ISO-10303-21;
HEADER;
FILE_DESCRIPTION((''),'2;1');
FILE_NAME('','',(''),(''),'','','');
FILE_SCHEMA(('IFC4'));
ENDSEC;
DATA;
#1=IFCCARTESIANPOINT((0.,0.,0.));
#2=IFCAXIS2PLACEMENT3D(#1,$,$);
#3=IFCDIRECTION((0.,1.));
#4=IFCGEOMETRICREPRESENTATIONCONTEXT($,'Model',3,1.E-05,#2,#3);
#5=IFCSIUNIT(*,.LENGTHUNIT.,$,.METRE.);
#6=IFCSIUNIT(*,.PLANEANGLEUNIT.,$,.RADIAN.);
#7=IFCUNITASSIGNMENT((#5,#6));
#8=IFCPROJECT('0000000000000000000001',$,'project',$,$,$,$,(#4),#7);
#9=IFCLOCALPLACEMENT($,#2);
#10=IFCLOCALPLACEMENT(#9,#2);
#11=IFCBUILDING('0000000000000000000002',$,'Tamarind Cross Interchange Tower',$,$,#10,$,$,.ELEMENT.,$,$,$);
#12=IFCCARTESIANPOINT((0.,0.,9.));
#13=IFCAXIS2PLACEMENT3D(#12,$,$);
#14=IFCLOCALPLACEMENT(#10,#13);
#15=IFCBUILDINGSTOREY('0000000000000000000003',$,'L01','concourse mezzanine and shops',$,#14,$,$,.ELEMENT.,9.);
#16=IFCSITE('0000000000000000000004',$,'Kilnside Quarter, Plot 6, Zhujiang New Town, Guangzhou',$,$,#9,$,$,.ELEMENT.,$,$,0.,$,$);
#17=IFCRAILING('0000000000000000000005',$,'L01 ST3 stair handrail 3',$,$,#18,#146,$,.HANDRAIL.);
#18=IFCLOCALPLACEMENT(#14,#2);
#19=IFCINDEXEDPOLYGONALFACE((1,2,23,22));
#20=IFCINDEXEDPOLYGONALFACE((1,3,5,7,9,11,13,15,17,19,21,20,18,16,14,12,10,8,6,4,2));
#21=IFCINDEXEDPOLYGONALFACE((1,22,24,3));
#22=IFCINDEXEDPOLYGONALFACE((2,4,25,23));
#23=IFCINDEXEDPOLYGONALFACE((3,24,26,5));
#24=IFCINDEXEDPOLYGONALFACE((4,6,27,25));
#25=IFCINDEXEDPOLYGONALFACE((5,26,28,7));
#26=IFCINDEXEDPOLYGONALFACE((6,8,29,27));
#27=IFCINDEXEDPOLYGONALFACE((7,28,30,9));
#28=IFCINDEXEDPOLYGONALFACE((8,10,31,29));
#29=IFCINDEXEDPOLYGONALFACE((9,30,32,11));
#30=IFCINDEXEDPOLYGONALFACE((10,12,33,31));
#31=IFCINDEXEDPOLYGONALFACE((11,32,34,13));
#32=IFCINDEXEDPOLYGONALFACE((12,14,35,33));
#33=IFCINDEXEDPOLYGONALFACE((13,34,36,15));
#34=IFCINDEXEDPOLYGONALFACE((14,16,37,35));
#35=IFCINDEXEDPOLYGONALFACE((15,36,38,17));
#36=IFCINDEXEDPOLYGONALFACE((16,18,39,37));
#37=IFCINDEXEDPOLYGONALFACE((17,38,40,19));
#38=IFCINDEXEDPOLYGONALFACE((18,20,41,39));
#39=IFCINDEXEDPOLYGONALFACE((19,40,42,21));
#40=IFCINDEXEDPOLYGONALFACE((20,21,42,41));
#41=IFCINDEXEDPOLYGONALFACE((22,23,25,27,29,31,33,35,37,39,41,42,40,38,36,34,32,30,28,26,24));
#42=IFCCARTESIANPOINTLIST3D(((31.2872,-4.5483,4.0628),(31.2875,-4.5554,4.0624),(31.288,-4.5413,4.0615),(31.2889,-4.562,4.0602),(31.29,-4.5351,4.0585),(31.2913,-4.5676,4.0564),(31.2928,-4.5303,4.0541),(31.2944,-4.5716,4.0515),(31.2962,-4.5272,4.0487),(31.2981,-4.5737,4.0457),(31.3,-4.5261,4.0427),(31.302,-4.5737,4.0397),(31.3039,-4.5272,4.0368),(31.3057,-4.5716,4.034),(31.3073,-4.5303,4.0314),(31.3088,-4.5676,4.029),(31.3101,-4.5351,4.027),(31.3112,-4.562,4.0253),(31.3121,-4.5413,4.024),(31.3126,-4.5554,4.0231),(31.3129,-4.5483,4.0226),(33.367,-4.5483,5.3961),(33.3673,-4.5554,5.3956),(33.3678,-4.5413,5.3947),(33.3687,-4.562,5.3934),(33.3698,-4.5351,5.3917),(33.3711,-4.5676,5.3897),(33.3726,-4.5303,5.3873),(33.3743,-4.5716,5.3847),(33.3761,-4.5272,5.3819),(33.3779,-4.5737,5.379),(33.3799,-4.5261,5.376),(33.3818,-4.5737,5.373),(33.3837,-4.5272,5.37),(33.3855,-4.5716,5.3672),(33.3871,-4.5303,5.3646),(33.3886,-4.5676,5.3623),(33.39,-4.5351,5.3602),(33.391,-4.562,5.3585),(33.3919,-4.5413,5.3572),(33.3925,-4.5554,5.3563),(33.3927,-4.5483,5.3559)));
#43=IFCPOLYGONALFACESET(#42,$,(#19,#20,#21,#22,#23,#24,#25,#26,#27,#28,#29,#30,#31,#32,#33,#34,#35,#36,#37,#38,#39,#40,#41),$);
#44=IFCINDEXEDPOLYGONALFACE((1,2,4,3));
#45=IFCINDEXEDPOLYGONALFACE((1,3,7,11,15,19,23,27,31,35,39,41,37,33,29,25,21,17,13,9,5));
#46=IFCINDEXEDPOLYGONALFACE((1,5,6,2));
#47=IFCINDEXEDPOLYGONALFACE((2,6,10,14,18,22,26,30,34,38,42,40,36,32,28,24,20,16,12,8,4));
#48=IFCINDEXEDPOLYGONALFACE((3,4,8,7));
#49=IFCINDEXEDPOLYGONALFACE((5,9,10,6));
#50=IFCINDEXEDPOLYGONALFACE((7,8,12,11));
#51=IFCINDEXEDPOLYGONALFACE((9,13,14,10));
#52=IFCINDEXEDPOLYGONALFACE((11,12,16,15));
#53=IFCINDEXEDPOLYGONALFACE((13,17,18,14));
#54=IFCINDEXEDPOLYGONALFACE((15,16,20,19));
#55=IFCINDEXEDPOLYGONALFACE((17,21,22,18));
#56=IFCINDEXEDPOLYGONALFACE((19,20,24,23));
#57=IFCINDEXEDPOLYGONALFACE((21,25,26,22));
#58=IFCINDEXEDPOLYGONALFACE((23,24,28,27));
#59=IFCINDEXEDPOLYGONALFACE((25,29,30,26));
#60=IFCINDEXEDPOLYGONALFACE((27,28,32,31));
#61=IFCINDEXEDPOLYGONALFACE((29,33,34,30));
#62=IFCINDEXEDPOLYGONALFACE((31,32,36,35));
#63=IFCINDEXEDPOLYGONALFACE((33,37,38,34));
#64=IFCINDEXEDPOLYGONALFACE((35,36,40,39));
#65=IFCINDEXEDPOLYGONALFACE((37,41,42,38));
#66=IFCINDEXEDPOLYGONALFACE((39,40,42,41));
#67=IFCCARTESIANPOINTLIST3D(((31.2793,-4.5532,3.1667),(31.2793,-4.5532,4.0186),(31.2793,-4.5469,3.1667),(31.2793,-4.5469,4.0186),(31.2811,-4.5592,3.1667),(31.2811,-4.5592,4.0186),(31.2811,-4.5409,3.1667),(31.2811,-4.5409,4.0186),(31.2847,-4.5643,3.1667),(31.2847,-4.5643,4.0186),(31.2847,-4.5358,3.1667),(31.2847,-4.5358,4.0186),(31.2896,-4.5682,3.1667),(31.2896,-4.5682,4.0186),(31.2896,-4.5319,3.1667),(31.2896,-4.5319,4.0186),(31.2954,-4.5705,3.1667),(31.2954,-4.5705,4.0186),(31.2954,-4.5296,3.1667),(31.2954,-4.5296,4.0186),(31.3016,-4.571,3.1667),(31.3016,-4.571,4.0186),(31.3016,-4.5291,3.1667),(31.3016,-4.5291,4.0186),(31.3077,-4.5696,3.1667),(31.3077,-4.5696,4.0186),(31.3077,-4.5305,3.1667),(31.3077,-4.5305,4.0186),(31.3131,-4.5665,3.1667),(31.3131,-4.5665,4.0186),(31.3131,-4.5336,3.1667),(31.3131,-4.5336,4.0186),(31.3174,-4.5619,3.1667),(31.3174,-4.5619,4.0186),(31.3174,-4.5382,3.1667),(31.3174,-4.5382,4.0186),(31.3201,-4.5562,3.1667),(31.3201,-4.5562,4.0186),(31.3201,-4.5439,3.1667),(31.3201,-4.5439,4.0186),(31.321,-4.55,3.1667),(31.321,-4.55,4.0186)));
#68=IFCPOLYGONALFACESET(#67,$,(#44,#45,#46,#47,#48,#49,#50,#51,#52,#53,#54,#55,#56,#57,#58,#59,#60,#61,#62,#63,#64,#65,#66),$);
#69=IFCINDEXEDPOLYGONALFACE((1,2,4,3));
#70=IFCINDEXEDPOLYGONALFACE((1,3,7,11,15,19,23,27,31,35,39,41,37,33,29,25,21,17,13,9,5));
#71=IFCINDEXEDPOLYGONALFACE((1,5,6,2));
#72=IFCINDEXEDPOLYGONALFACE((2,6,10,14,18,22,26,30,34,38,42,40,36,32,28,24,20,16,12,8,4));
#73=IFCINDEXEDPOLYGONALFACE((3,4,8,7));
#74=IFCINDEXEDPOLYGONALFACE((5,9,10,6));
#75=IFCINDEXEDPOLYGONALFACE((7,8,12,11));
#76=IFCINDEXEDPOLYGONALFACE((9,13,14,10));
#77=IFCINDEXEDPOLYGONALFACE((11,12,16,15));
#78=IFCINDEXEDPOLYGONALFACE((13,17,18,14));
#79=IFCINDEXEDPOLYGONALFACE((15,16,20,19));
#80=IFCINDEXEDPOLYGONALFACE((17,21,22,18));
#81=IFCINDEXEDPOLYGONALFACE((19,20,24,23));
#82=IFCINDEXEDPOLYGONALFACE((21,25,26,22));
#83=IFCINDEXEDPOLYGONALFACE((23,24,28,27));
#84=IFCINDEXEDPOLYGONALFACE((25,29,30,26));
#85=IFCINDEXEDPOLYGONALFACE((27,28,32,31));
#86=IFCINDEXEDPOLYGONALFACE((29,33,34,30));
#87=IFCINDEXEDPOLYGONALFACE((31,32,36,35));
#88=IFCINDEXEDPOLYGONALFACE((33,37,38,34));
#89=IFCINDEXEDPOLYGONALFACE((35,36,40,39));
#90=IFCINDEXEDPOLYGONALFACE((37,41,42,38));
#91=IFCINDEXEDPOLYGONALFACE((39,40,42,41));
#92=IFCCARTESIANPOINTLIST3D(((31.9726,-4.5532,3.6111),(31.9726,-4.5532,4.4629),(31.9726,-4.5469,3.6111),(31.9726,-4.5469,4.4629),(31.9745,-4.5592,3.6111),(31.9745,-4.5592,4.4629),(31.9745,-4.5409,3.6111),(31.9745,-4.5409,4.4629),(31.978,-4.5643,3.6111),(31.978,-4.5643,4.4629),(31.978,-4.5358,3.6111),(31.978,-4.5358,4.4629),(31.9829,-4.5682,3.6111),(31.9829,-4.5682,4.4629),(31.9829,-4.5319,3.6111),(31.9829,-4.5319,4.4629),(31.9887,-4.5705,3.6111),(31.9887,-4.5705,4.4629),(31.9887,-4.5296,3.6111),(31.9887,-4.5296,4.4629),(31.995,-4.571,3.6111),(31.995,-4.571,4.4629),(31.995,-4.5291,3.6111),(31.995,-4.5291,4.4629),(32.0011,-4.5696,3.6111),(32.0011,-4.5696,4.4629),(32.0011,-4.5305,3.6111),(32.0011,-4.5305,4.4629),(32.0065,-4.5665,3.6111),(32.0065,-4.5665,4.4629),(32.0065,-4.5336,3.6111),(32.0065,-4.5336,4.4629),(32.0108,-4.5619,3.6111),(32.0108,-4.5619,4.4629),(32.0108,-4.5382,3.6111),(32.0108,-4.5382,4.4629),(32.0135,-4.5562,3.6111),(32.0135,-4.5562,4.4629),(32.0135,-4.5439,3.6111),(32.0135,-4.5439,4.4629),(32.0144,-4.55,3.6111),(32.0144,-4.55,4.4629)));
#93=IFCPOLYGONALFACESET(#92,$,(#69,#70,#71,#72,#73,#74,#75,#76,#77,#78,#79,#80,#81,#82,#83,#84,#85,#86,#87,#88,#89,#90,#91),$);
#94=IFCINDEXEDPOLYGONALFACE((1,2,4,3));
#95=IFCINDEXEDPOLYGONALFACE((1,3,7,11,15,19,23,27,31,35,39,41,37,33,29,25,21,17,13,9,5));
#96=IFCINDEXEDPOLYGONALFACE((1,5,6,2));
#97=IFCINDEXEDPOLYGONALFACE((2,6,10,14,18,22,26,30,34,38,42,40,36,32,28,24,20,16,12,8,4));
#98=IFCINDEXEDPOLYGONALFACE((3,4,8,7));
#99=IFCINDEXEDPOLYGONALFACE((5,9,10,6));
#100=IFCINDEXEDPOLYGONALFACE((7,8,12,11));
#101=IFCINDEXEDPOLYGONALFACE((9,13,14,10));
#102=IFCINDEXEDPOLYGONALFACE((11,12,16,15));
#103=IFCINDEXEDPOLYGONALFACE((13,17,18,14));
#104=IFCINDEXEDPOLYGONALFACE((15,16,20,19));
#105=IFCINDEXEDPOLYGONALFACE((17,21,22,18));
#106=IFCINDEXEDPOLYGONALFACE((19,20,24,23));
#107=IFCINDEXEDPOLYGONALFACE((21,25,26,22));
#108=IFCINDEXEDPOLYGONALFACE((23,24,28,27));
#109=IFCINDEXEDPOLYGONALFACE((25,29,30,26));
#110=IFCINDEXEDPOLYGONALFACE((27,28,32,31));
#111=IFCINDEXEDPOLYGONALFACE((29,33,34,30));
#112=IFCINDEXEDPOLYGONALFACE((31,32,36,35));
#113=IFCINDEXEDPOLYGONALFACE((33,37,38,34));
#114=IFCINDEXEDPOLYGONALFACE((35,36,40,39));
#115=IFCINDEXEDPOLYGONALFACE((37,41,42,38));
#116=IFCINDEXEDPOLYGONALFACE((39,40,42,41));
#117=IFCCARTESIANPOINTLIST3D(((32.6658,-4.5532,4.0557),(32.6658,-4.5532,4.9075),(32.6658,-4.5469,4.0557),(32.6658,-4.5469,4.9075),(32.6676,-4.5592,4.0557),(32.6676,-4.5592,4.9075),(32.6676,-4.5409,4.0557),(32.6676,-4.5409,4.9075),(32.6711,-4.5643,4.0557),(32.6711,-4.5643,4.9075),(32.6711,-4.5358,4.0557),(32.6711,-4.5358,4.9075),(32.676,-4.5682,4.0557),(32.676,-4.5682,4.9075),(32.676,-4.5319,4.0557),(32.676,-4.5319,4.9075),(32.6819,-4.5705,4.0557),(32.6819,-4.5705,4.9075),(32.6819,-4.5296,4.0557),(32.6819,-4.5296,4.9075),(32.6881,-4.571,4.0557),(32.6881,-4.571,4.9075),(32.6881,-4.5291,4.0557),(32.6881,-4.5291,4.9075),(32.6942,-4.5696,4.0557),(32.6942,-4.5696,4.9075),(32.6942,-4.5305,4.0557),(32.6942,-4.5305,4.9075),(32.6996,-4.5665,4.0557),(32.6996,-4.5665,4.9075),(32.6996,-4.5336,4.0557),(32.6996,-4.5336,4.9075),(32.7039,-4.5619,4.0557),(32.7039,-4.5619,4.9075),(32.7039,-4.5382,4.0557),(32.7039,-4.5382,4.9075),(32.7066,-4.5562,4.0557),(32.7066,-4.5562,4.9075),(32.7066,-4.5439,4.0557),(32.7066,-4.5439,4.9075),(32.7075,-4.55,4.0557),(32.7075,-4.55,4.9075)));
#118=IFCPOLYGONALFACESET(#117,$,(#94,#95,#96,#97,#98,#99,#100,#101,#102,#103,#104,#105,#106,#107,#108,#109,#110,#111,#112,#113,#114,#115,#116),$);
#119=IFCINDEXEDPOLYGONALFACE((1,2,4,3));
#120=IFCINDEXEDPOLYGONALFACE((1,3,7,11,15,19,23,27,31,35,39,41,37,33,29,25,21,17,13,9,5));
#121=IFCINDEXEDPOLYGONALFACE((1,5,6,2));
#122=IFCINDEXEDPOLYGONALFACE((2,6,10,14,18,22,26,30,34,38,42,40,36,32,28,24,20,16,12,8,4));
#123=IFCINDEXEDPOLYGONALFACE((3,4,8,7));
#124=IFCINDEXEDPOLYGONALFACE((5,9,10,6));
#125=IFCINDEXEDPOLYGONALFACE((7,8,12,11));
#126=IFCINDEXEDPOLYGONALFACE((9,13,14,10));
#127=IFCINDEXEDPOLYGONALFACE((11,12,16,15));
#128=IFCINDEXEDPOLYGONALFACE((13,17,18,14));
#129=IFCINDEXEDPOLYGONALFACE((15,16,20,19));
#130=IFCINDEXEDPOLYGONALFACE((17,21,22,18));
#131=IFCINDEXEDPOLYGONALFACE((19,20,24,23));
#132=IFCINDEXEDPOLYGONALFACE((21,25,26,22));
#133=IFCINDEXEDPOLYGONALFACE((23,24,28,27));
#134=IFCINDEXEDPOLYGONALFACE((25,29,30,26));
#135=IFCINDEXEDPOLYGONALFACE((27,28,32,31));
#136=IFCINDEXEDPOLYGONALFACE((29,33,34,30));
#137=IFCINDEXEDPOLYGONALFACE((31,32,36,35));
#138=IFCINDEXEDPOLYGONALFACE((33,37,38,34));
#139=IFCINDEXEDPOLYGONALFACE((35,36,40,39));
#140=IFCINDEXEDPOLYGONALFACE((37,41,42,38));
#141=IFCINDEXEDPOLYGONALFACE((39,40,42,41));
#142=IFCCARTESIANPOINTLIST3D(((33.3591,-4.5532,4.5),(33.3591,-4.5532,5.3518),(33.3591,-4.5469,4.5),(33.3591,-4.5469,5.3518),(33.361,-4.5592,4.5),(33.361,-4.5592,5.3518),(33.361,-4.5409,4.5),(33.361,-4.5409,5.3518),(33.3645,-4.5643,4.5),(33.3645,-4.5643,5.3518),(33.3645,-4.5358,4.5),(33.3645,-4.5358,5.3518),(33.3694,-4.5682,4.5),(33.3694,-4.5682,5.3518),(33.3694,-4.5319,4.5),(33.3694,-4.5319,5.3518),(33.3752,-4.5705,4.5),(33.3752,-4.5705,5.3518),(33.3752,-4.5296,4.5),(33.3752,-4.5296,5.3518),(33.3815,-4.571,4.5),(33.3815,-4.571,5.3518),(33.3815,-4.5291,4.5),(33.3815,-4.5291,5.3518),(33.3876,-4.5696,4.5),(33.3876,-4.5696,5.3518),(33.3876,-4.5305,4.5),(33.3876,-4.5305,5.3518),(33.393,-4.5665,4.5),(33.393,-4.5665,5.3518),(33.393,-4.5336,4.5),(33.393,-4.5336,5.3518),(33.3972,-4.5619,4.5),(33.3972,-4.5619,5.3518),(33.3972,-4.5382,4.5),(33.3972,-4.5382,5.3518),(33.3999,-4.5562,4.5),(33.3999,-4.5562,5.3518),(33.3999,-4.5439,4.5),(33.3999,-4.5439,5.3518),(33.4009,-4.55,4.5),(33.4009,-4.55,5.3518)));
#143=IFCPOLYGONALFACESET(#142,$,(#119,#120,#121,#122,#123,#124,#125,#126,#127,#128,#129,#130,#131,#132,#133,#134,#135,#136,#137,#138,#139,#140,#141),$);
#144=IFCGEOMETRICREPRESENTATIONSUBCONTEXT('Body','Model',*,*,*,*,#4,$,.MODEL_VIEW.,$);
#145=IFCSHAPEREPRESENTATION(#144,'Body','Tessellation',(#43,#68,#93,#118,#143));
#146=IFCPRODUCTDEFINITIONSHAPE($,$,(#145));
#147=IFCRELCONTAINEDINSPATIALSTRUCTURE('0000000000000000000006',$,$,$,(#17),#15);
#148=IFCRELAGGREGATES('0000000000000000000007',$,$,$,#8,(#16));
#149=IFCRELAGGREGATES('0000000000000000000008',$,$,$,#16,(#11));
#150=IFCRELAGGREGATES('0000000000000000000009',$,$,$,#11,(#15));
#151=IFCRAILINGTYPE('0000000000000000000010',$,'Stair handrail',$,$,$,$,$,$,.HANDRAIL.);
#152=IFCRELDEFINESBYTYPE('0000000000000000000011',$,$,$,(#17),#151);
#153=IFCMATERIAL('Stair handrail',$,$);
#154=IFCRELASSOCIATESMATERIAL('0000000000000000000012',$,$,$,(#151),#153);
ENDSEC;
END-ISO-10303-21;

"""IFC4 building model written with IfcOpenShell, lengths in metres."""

from ifc_helpers import new_model, si_unit, direction, frame, origin, origin_2d, place, context, subcontext, project, spatial, circle, extrude, material, type_object, element, save


model = new_model("IFC4")

# Units and contexts
model_context = context("Model", 3, precision=1e-05, world=origin(), true_north=direction((0.0, 1.0)))
body_context = subcontext(model_context, "Body", "Model", "MODEL_VIEW")
ifc_project = project(units=[si_unit("LENGTHUNIT", "METRE"), si_unit("PLANEANGLEUNIT", "RADIAN")], contexts=[model_context])

# Site, building, storey
site_placement = place(None, origin())
site = spatial("IfcSite", under=ifc_project, at=site_placement, Name="Kilnside Quarter, Plot 6, Zhujiang New Town, Guangzhou", CompositionType="ELEMENT", RefElevation=0.0)
building_placement = place(site_placement, origin())
building = spatial("IfcBuilding", under=site, at=building_placement, Name="Tamarind Cross Interchange Tower", CompositionType="ELEMENT")
storey_placement = place(building_placement, frame((0.0, 0.0, 9.0)))
storey = spatial("IfcBuildingStorey", under=building, at=storey_placement, Name="L01", Description="concourse mezzanine and shops", CompositionType="ELEMENT", Elevation=9.0)

# Railing
ifc_material_1 = material(Name="Stair handrail")
railing_type_1 = type_object("IfcRailingType", Name="Stair handrail", PredefinedType="HANDRAIL", material=ifc_material_1)
for number, where, name in (
    (1, (31.3, -4.55, 3.1667), "L01 ST3 stair handrail 3"),
):
    element("IfcRailing", number, at=place(storey_placement, frame(where)), inside=storey, type_object=railing_type_1, Name=name, PredefinedType="HANDRAIL", context=body_context, shape_type="SweptSolid", body=[
        extrude(circle(Radius=0.0239, at=origin_2d()), frame((0.0, 0.0, 0.876), z_axis=(0.841875, 0.0, 0.539673), x_axis=(0.0, 1.0, 0.0)), (0.0, 0.0, 1.0), 2.4705),
        extrude(circle(Radius=0.021, at=origin_2d()), origin(), (0.0, 0.0, 1.0), 0.8518),
        extrude(circle(Radius=0.021, at=origin_2d()), frame((0.6934, 0.0, 0.4443)), (0.0, 0.0, 1.0), 0.8518),
        extrude(circle(Radius=0.021, at=origin_2d()), frame((1.3865, 0.0, 0.8889)), (0.0, 0.0, 1.0), 0.8518),
        extrude(circle(Radius=0.021, at=origin_2d()), frame((2.0798, 0.0, 1.3333)), (0.0, 0.0, 1.0), 0.8518),
    ])

save(model, "model.ifc")
